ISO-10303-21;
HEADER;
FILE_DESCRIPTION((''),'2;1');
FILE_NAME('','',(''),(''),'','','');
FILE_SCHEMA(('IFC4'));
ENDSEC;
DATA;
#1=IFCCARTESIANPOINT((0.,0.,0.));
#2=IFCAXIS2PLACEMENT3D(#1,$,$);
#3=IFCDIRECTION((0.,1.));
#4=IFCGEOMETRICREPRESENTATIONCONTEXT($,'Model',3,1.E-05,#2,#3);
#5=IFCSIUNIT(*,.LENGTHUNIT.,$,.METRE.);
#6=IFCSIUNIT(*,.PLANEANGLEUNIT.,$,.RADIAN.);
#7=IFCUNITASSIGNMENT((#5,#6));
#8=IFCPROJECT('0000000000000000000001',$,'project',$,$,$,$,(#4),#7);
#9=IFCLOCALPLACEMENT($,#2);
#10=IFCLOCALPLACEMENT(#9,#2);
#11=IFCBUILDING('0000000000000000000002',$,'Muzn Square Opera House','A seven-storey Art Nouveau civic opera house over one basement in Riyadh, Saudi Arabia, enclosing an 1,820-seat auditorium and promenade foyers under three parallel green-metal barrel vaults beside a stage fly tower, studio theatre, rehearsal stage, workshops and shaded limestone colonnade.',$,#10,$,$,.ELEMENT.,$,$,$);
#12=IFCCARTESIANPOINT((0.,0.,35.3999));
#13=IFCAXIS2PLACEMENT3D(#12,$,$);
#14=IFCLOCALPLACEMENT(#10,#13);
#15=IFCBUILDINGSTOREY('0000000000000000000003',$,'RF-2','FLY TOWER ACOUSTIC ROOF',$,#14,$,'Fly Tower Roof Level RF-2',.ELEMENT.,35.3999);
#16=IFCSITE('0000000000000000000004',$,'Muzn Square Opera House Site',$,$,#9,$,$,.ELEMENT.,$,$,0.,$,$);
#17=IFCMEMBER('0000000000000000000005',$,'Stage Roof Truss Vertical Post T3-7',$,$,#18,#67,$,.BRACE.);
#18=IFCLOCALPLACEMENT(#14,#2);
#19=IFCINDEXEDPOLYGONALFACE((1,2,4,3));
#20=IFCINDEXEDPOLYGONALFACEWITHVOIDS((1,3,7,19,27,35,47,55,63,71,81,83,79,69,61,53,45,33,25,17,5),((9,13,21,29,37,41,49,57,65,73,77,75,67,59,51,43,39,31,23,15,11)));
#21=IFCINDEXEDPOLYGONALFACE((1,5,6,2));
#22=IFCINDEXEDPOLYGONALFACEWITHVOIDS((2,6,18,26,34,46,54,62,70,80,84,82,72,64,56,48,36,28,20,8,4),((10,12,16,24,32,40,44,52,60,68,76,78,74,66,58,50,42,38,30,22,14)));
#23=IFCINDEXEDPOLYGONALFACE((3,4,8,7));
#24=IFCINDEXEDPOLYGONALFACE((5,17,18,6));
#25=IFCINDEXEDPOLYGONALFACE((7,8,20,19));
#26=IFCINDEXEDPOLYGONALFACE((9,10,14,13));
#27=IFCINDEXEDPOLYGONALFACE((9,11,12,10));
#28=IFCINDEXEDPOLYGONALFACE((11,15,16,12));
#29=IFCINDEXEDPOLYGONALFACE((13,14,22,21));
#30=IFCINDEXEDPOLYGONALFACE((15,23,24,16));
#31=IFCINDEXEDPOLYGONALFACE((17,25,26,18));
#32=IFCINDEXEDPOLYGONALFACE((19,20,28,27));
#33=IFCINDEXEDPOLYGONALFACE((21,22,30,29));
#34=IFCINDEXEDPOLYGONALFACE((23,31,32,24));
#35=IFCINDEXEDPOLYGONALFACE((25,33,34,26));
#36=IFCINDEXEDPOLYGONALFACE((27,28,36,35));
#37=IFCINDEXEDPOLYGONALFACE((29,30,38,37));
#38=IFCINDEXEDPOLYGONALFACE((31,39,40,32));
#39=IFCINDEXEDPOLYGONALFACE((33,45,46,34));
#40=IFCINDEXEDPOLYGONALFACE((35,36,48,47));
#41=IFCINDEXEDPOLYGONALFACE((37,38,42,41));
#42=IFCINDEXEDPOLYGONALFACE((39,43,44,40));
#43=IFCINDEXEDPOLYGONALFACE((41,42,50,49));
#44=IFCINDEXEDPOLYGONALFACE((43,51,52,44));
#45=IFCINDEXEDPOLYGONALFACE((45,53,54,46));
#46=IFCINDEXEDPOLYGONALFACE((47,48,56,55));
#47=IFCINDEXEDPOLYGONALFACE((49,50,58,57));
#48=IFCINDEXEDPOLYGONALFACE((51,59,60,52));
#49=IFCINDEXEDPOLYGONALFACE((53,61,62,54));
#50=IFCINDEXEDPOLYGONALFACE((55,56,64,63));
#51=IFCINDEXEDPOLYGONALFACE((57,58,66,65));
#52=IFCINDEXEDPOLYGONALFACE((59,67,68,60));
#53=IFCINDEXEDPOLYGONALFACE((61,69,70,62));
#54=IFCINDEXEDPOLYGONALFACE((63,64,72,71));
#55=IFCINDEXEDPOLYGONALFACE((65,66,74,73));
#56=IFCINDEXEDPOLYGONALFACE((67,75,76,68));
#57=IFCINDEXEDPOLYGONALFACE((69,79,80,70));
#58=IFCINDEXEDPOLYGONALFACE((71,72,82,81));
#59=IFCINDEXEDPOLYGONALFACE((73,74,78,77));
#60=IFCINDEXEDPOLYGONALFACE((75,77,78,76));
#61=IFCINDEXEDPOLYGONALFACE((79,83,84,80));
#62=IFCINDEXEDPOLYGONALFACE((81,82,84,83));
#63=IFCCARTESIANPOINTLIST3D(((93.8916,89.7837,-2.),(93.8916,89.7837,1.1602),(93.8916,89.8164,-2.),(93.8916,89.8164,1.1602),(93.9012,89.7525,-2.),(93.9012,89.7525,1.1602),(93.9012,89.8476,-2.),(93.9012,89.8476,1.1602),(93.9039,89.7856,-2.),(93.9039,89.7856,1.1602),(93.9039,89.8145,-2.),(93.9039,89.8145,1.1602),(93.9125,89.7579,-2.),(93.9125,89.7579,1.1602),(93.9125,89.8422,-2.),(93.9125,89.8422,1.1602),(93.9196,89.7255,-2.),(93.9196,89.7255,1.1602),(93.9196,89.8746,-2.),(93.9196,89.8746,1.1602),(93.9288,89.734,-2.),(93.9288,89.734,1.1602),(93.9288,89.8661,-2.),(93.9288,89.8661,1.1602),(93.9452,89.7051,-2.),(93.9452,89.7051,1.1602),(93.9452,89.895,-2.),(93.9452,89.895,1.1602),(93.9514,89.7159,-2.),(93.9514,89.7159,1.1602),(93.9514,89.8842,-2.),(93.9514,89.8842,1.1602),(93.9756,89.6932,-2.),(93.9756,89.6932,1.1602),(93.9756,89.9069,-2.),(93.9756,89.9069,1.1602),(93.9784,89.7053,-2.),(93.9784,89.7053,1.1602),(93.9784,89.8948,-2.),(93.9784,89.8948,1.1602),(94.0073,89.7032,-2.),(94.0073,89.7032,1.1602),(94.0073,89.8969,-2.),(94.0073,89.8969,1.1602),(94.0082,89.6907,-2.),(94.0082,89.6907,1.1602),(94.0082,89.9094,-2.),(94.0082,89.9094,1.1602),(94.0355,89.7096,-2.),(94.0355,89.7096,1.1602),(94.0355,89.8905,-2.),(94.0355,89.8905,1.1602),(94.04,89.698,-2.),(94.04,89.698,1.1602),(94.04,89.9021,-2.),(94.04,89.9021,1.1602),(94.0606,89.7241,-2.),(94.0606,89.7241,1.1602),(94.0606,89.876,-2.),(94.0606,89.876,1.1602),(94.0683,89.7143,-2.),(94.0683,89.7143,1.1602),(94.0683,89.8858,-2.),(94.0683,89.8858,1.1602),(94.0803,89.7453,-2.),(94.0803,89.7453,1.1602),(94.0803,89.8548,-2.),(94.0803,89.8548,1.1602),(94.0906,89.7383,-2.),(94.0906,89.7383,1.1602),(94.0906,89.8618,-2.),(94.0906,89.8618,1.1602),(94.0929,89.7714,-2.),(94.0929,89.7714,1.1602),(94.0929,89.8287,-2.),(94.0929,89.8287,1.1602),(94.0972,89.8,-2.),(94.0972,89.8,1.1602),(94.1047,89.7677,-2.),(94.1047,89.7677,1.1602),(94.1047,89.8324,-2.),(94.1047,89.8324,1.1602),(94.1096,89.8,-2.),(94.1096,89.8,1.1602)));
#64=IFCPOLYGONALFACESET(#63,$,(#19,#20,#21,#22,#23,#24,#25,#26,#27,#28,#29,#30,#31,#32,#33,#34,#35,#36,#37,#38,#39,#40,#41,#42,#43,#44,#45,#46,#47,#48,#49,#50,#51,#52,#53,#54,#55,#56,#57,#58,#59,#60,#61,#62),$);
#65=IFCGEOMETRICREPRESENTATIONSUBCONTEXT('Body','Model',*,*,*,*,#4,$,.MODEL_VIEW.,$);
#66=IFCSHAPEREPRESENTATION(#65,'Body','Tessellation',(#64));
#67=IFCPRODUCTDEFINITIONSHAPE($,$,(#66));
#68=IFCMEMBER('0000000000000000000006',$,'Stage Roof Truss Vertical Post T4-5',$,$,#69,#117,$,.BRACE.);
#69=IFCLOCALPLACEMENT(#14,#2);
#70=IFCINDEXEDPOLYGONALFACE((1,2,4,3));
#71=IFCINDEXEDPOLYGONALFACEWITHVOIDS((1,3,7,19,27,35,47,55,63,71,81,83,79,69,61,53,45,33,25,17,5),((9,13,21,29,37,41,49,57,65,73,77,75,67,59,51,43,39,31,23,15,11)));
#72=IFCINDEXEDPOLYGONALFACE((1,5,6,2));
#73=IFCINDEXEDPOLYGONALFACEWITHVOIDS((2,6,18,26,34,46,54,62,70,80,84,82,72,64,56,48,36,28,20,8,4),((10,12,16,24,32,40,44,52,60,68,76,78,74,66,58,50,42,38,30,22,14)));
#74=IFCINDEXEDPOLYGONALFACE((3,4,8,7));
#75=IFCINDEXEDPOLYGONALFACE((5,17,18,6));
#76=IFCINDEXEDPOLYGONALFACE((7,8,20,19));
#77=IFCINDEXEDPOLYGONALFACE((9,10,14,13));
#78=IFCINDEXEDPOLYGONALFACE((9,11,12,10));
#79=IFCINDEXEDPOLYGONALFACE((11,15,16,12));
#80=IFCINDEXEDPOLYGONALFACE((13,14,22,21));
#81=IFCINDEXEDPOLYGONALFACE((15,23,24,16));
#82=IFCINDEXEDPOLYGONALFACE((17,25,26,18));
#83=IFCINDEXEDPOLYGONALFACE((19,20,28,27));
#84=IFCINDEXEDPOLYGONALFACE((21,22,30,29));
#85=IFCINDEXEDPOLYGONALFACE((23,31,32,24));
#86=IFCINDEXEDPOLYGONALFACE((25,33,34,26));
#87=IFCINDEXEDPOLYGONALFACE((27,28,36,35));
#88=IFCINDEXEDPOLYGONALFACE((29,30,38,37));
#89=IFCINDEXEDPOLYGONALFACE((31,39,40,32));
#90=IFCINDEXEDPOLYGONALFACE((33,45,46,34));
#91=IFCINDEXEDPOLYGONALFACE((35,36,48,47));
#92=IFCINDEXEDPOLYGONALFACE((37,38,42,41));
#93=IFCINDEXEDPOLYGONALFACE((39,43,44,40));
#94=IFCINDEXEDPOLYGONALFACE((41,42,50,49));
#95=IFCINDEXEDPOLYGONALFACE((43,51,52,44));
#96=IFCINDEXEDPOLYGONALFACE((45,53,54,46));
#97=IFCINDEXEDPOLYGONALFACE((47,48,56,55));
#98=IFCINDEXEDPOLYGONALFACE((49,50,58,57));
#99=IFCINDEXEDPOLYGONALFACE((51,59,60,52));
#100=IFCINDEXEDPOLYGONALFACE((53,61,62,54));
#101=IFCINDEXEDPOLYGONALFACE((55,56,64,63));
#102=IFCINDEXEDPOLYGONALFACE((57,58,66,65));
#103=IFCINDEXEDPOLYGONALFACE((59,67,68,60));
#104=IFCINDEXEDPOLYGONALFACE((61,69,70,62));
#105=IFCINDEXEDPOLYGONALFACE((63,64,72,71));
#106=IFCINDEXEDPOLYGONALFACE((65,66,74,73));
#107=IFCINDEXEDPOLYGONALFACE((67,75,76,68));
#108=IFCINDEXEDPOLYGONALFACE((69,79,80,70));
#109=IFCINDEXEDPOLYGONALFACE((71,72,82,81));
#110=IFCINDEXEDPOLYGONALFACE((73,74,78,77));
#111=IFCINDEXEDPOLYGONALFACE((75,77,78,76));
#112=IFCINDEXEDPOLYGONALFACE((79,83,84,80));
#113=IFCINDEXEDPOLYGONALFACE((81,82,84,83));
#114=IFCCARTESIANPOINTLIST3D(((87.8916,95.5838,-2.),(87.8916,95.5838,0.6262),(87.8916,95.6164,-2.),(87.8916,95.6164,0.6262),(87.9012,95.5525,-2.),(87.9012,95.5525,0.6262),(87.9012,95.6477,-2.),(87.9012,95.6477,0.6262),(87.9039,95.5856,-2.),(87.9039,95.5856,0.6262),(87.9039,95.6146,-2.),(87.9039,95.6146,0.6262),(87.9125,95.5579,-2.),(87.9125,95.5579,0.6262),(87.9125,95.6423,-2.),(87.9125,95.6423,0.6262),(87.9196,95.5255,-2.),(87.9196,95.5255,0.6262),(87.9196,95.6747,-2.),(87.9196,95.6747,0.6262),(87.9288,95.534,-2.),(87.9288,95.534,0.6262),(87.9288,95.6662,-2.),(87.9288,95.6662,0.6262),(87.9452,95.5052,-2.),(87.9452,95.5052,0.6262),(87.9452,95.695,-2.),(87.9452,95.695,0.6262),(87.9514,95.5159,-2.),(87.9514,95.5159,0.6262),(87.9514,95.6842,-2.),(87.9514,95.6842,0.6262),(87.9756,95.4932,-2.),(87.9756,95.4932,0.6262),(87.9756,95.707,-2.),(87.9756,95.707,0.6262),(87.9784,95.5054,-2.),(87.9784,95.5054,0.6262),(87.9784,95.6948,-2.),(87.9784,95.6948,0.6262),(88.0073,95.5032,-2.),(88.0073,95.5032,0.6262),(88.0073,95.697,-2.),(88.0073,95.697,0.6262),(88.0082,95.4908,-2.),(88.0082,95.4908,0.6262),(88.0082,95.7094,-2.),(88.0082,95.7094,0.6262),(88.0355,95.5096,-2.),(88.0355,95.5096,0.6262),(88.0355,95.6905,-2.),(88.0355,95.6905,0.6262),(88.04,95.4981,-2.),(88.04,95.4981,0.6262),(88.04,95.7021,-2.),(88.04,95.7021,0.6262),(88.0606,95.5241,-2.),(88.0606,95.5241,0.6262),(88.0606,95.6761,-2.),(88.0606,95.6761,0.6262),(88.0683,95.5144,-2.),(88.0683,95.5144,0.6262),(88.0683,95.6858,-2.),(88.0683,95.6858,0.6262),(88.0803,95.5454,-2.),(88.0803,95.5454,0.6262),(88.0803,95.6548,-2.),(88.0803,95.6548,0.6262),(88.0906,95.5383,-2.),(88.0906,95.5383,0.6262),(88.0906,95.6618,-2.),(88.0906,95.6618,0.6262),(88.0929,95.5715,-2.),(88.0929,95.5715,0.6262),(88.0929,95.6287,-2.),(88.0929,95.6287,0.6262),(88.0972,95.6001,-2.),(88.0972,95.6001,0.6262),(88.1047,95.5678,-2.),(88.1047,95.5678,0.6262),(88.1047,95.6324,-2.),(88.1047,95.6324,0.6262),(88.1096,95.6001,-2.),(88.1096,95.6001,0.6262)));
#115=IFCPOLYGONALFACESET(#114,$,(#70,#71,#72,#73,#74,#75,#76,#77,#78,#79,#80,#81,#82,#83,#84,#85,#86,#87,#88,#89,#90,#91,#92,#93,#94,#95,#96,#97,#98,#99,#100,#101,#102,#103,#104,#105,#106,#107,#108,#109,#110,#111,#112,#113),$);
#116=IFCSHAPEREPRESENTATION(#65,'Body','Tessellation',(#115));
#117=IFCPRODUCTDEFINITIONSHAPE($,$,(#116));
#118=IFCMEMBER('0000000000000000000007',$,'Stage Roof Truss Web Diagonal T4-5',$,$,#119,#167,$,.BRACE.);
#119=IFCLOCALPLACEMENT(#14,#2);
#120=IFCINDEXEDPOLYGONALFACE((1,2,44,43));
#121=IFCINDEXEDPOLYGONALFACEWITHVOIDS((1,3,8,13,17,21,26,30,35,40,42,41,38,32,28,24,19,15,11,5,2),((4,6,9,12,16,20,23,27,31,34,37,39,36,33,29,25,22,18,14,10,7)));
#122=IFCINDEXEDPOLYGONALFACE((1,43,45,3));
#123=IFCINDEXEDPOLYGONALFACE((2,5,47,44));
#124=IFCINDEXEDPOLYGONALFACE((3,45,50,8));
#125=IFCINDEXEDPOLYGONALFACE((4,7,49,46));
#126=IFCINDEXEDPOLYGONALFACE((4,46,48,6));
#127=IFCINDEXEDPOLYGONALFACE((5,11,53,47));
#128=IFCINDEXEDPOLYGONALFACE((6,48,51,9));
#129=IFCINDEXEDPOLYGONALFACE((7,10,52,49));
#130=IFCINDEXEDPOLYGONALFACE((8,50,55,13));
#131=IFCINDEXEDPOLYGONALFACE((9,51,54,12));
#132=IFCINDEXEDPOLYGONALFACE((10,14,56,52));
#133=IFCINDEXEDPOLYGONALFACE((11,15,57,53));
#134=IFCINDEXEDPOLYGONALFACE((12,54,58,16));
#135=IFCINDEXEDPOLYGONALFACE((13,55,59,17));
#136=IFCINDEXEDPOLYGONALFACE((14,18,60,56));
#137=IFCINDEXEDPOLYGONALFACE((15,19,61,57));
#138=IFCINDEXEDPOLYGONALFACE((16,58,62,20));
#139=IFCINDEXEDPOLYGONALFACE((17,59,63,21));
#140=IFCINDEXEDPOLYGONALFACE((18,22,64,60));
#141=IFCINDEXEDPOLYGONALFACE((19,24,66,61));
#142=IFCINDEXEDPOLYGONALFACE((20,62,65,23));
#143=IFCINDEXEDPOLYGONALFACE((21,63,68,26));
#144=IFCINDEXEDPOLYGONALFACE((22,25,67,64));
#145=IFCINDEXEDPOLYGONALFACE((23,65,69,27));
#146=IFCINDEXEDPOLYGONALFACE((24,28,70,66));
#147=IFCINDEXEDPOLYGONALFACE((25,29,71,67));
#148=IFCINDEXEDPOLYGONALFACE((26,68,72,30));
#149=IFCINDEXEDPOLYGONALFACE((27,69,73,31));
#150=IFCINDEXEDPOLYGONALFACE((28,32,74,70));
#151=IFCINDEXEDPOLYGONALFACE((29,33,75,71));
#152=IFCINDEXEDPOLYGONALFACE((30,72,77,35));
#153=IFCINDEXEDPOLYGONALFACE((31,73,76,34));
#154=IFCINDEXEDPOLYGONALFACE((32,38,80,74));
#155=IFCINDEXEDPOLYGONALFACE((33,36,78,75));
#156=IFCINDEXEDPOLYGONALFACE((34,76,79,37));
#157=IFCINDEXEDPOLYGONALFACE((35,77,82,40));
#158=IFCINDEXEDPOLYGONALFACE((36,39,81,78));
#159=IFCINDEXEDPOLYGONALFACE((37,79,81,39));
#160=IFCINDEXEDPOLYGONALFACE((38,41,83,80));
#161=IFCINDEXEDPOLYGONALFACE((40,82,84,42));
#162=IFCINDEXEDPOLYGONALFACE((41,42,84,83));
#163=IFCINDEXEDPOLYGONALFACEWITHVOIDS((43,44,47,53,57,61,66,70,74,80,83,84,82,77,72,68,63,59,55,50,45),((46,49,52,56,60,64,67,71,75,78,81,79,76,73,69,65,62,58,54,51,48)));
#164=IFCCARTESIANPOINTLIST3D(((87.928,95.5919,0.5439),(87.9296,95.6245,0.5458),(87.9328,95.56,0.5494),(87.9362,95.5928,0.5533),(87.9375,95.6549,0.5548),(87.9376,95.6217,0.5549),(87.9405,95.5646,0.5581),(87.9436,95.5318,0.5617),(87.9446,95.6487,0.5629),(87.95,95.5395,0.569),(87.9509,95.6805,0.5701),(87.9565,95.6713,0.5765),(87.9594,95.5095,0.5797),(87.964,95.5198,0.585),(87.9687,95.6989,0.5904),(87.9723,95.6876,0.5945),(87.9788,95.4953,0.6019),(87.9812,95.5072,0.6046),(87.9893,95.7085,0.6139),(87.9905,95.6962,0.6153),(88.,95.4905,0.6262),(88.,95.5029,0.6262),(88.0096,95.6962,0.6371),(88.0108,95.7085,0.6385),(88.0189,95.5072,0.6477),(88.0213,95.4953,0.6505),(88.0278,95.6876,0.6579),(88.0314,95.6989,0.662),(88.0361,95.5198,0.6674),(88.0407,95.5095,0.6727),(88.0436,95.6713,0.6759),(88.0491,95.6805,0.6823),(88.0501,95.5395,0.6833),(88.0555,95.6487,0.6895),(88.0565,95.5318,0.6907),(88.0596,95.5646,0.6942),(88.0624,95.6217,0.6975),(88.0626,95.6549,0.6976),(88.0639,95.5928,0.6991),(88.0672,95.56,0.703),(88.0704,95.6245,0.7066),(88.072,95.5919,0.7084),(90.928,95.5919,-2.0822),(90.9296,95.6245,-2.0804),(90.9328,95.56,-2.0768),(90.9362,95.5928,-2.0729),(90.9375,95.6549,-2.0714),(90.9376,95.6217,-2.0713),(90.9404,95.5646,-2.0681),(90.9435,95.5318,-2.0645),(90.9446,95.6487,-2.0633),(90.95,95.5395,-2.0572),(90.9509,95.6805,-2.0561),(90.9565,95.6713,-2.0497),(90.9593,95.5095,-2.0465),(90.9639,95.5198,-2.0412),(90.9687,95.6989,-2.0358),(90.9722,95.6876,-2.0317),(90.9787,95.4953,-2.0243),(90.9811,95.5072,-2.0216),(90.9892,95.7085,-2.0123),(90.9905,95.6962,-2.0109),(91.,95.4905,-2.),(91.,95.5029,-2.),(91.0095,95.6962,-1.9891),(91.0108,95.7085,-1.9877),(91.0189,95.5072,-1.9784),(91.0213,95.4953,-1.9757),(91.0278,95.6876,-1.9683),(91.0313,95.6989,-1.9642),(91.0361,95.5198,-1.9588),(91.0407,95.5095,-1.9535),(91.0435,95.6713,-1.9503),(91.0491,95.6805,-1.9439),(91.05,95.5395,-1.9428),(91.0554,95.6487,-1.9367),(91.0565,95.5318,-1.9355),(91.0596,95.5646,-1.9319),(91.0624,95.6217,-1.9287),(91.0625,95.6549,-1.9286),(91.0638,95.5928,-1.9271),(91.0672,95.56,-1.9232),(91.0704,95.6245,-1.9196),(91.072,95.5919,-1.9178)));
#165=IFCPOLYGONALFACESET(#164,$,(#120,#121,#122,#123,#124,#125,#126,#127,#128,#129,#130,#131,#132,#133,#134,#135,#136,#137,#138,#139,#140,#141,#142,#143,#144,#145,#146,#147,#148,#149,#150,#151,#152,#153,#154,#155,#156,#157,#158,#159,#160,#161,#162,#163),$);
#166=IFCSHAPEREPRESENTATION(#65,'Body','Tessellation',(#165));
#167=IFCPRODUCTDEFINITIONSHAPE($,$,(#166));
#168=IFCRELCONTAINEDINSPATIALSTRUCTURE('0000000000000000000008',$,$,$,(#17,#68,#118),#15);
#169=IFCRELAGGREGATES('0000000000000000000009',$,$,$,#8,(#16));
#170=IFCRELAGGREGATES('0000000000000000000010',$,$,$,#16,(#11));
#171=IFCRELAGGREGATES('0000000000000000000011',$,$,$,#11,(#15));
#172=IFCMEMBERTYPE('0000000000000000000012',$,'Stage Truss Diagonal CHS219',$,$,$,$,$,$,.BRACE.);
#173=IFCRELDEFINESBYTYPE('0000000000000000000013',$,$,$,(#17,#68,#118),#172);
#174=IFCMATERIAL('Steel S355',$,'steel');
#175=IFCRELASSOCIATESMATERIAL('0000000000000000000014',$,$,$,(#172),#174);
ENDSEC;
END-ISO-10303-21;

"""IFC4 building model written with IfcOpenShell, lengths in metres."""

from ifc_helpers import new_model, si_unit, direction, frame, origin, origin_2d, place, context, subcontext, project, spatial, hollow_circle, extrude, material, material_profile, profile_set, type_object, element, save


model = new_model("IFC4")

# Units and contexts
model_context = context("Model", 3, precision=1e-05, world=origin(), true_north=direction((0.0, 1.0)))
body_context = subcontext(model_context, "Body", "Model", "MODEL_VIEW")
ifc_project = project(units=[si_unit("LENGTHUNIT", "METRE"), si_unit("PLANEANGLEUNIT", "RADIAN")], contexts=[model_context])

# Site, building, storey
site_placement = place(None, origin())
site = spatial("IfcSite", under=ifc_project, at=site_placement, Name="Muzn Square Opera House Site", CompositionType="ELEMENT", RefElevation=0.0)
building_placement = place(site_placement, origin())
building = spatial("IfcBuilding", under=site, at=building_placement, Name="Muzn Square Opera House", Description="A seven-storey Art Nouveau civic opera house over one basement in Riyadh, Saudi Arabia, enclosing an 1,820-seat auditorium and promenade foyers under three parallel green-metal barrel vaults beside a stage fly tower, studio theatre, rehearsal stage, workshops and shaded limestone colonnade.", CompositionType="ELEMENT")
storey_placement = place(building_placement, frame((0.0, 0.0, 35.3999)))
storey = spatial("IfcBuildingStorey", under=building, at=storey_placement, Name="RF-2", Description="FLY TOWER ACOUSTIC ROOF", LongName="Fly Tower Roof Level RF-2", CompositionType="ELEMENT", Elevation=35.3999)

# Members
ifc_material = material(Name="Steel S355", Category="steel")
ifc_material_profile_1 = material_profile(ifc_material, hollow_circle(Radius=0.1096, WallThickness=0.0125, at=origin_2d()), Name="CHS 219.1x12.5", Category="steel")
ifc_profile_set_1 = profile_set([ifc_material_profile_1], Name="Steel S355")
member_type_1 = type_object("IfcMemberType", Name="Stage Truss Diagonal CHS219", PredefinedType="BRACE", material=ifc_profile_set_1)
member_1_placement = place(storey_placement, frame((94.0, 89.8, -2.0), z_axis=(0.0, 0.0, 1.0), x_axis=(1.0, 0.0, 0.0)))
element("IfcMember", 1, at=member_1_placement, inside=storey, type_object=member_type_1, Name="Stage Roof Truss Vertical Post T3-7", PredefinedType="BRACE", context=body_context, shape_type="SweptSolid", body=[
    extrude(hollow_circle(Radius=0.1096, WallThickness=0.0125, at=origin_2d()), origin(), (0.0, 0.0, 1.0), 3.1602),
])
member_2_placement = place(storey_placement, frame((88.0, 95.6001, -2.0), z_axis=(0.0, 0.0, 1.0), x_axis=(1.0, 0.0, 0.0)))
element("IfcMember", 2, at=member_2_placement, inside=storey, type_object=member_type_1, Name="Stage Roof Truss Vertical Post T4-5", PredefinedType="BRACE", context=body_context, shape_type="SweptSolid", body=[
    extrude(hollow_circle(Radius=0.1096, WallThickness=0.0125, at=origin_2d()), origin(), (0.0, 0.0, 1.0), 2.6262),
])
member_3_placement = place(storey_placement, frame((91.0, 95.6001, -2.0), z_axis=(-0.752425, 0.0, 0.658678), x_axis=(0.0, -1.0, 0.0)))
element("IfcMember", 3, at=member_3_placement, inside=storey, type_object=member_type_1, Name="Stage Roof Truss Web Diagonal T4-5", PredefinedType="BRACE", context=body_context, shape_type="SweptSolid", body=[
    extrude(hollow_circle(Radius=0.1096, WallThickness=0.0125, at=origin_2d()), origin(), (0.0, 0.0, 1.0), 3.9871),
])

save(model, "model.ifc")
